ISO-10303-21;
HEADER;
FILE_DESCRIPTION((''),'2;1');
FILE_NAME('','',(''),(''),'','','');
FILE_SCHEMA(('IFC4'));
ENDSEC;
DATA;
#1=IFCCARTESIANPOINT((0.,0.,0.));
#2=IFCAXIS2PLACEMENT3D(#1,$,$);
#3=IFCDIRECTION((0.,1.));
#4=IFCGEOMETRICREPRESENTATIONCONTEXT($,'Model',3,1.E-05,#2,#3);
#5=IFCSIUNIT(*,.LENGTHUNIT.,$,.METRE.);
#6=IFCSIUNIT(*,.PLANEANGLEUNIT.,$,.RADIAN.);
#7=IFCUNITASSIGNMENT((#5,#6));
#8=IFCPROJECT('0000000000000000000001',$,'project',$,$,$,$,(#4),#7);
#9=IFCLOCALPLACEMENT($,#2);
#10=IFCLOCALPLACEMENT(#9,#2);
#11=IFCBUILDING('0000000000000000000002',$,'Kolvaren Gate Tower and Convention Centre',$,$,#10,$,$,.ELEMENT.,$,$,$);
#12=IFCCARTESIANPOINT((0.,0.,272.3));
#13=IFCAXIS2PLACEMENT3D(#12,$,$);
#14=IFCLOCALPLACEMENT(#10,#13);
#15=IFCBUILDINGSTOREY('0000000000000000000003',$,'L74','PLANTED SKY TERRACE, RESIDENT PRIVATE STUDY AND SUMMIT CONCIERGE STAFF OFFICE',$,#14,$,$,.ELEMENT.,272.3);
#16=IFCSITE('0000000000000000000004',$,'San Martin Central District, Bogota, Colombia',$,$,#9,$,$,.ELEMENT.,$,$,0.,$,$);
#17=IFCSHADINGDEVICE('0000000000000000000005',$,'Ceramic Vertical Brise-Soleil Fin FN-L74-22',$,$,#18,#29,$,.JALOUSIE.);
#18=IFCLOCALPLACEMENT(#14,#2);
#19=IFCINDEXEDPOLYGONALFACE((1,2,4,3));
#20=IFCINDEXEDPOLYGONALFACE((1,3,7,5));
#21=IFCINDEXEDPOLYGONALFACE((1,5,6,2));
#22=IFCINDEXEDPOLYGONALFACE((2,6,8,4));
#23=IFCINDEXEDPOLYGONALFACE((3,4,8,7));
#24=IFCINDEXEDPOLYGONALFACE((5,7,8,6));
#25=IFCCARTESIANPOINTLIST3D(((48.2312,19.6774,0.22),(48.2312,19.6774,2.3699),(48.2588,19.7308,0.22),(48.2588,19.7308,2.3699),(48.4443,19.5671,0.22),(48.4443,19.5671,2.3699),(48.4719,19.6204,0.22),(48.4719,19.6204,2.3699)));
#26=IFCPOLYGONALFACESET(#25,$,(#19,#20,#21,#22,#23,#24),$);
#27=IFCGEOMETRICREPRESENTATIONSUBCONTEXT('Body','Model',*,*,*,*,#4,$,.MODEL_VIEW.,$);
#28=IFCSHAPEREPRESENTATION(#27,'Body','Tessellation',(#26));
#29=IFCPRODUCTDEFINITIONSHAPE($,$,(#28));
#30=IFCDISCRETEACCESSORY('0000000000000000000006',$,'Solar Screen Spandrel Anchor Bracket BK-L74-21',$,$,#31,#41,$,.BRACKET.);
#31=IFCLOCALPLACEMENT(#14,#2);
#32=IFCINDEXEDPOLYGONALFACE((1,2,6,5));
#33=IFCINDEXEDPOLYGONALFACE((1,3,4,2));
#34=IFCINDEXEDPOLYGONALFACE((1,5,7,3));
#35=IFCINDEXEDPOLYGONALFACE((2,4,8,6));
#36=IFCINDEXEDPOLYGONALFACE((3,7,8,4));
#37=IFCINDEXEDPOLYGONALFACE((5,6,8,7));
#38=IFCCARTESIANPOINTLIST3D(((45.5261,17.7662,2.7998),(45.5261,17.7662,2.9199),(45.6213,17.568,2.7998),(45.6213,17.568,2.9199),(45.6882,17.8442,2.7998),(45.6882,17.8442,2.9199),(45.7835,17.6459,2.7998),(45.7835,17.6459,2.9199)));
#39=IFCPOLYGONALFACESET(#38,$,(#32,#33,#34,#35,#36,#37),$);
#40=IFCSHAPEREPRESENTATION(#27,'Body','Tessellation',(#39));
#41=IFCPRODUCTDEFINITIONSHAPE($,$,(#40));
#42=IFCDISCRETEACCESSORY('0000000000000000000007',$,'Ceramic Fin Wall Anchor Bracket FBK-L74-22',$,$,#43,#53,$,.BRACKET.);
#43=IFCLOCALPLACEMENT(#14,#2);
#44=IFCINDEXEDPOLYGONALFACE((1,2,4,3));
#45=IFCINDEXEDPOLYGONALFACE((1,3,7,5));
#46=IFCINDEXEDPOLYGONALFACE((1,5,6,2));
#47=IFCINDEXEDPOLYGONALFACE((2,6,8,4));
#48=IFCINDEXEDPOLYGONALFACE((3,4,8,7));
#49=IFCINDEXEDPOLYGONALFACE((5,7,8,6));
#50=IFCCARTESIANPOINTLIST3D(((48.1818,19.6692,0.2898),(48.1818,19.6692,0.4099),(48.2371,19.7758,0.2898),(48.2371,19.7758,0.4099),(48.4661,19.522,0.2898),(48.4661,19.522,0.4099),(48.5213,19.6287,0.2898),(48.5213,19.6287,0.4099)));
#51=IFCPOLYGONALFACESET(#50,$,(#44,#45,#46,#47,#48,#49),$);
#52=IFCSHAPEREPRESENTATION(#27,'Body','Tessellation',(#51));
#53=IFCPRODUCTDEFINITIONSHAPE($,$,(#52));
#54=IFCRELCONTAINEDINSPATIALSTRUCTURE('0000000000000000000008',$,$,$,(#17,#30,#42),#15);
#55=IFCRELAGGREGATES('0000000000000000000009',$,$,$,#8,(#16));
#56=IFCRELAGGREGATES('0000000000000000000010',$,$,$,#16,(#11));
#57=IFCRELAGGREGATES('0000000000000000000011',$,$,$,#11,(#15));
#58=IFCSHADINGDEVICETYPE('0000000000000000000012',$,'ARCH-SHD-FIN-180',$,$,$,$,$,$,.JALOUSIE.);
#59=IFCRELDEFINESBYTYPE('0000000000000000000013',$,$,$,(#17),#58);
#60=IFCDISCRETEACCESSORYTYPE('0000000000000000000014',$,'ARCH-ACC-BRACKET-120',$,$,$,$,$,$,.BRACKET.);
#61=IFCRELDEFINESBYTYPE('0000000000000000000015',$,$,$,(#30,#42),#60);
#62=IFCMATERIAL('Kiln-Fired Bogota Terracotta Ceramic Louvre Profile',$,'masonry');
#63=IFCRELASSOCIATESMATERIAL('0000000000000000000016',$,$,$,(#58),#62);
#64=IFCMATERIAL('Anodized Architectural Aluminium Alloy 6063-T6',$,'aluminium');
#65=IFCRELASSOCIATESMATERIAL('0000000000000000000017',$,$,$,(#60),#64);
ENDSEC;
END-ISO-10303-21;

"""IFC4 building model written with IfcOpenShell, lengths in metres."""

from ifc_helpers import new_model, si_unit, direction, frame, origin, origin_2d, place, context, subcontext, project, spatial, rectangle, extrude, material, type_object, element, save


model = new_model("IFC4")

# Units and contexts
model_context = context("Model", 3, precision=1e-05, world=origin(), true_north=direction((0.0, 1.0)))
body_context = subcontext(model_context, "Body", "Model", "MODEL_VIEW")
ifc_project = project(units=[si_unit("LENGTHUNIT", "METRE"), si_unit("PLANEANGLEUNIT", "RADIAN")], contexts=[model_context])

# Site, building, storey
site_placement = place(None, origin())
site = spatial("IfcSite", under=ifc_project, at=site_placement, Name="San Martin Central District, Bogota, Colombia", CompositionType="ELEMENT", RefElevation=0.0)
building_placement = place(site_placement, origin())
building = spatial("IfcBuilding", under=site, at=building_placement, Name="Kolvaren Gate Tower and Convention Centre", CompositionType="ELEMENT")
storey_placement = place(building_placement, frame((0.0, 0.0, 272.3)))
storey = spatial("IfcBuildingStorey", under=building, at=storey_placement, Name="L74", Description="PLANTED SKY TERRACE, RESIDENT PRIVATE STUDY AND SUMMIT CONCIERGE STAFF OFFICE", CompositionType="ELEMENT", Elevation=272.3)

# Shared definitions
ifc_material_1 = material(Name="Anodized Architectural Aluminium Alloy 6063-T6", Category="aluminium")

# Shading device
ifc_material_2 = material(Name="Kiln-Fired Bogota Terracotta Ceramic Louvre Profile", Category="masonry")
shading_device_type = type_object("IfcShadingDeviceType", Name="ARCH-SHD-FIN-180", PredefinedType="JALOUSIE", material=ifc_material_2)
shading_device_placement = place(storey_placement, frame((48.3516, 19.6489, 0.22), z_axis=(0.0, 0.0, 1.0), x_axis=(0.459794, 0.888026, 0.0)))
element("IfcShadingDevice", 1, at=shading_device_placement, inside=storey, type_object=shading_device_type, Name="Ceramic Vertical Brise-Soleil Fin FN-L74-22", PredefinedType="JALOUSIE", context=body_context, shape_type="SweptSolid", body=[
    extrude(rectangle(XDim=0.0601, YDim=0.24, at=origin_2d()), origin(), (0.0, 0.0, 1.0), 2.1499),
])

# Discrete accessories
discrete_accessory_type = type_object("IfcDiscreteAccessoryType", Name="ARCH-ACC-BRACKET-120", PredefinedType="BRACKET", material=ifc_material_1)
discrete_accessory_1_placement = place(storey_placement, frame((45.6548, 17.7061, 2.7998), z_axis=(0.0, 0.0, 1.0), x_axis=(0.901356, 0.433079, 0.0)))
element("IfcDiscreteAccessory", 2, at=discrete_accessory_1_placement, inside=storey, type_object=discrete_accessory_type, Name="Solar Screen Spandrel Anchor Bracket BK-L74-21", PredefinedType="BRACKET", context=body_context, shape_type="SweptSolid", body=[
    extrude(rectangle(XDim=0.1799, YDim=0.22, at=origin_2d()), origin(), (0.0, 0.0, 1.0), 0.1201),
])
discrete_accessory_2_placement = place(storey_placement, frame((48.3516, 19.6489, 0.2898), z_axis=(0.0, 0.0, 1.0), x_axis=(0.459794, 0.888026, 0.0)))
element("IfcDiscreteAccessory", 3, at=discrete_accessory_2_placement, inside=storey, type_object=discrete_accessory_type, Name="Ceramic Fin Wall Anchor Bracket FBK-L74-22", PredefinedType="BRACKET", context=body_context, shape_type="SweptSolid", body=[
    extrude(rectangle(XDim=0.1201, YDim=0.3201, at=origin_2d()), origin(), (0.0, 0.0, 1.0), 0.1201),
])

save(model, "model.ifc")
